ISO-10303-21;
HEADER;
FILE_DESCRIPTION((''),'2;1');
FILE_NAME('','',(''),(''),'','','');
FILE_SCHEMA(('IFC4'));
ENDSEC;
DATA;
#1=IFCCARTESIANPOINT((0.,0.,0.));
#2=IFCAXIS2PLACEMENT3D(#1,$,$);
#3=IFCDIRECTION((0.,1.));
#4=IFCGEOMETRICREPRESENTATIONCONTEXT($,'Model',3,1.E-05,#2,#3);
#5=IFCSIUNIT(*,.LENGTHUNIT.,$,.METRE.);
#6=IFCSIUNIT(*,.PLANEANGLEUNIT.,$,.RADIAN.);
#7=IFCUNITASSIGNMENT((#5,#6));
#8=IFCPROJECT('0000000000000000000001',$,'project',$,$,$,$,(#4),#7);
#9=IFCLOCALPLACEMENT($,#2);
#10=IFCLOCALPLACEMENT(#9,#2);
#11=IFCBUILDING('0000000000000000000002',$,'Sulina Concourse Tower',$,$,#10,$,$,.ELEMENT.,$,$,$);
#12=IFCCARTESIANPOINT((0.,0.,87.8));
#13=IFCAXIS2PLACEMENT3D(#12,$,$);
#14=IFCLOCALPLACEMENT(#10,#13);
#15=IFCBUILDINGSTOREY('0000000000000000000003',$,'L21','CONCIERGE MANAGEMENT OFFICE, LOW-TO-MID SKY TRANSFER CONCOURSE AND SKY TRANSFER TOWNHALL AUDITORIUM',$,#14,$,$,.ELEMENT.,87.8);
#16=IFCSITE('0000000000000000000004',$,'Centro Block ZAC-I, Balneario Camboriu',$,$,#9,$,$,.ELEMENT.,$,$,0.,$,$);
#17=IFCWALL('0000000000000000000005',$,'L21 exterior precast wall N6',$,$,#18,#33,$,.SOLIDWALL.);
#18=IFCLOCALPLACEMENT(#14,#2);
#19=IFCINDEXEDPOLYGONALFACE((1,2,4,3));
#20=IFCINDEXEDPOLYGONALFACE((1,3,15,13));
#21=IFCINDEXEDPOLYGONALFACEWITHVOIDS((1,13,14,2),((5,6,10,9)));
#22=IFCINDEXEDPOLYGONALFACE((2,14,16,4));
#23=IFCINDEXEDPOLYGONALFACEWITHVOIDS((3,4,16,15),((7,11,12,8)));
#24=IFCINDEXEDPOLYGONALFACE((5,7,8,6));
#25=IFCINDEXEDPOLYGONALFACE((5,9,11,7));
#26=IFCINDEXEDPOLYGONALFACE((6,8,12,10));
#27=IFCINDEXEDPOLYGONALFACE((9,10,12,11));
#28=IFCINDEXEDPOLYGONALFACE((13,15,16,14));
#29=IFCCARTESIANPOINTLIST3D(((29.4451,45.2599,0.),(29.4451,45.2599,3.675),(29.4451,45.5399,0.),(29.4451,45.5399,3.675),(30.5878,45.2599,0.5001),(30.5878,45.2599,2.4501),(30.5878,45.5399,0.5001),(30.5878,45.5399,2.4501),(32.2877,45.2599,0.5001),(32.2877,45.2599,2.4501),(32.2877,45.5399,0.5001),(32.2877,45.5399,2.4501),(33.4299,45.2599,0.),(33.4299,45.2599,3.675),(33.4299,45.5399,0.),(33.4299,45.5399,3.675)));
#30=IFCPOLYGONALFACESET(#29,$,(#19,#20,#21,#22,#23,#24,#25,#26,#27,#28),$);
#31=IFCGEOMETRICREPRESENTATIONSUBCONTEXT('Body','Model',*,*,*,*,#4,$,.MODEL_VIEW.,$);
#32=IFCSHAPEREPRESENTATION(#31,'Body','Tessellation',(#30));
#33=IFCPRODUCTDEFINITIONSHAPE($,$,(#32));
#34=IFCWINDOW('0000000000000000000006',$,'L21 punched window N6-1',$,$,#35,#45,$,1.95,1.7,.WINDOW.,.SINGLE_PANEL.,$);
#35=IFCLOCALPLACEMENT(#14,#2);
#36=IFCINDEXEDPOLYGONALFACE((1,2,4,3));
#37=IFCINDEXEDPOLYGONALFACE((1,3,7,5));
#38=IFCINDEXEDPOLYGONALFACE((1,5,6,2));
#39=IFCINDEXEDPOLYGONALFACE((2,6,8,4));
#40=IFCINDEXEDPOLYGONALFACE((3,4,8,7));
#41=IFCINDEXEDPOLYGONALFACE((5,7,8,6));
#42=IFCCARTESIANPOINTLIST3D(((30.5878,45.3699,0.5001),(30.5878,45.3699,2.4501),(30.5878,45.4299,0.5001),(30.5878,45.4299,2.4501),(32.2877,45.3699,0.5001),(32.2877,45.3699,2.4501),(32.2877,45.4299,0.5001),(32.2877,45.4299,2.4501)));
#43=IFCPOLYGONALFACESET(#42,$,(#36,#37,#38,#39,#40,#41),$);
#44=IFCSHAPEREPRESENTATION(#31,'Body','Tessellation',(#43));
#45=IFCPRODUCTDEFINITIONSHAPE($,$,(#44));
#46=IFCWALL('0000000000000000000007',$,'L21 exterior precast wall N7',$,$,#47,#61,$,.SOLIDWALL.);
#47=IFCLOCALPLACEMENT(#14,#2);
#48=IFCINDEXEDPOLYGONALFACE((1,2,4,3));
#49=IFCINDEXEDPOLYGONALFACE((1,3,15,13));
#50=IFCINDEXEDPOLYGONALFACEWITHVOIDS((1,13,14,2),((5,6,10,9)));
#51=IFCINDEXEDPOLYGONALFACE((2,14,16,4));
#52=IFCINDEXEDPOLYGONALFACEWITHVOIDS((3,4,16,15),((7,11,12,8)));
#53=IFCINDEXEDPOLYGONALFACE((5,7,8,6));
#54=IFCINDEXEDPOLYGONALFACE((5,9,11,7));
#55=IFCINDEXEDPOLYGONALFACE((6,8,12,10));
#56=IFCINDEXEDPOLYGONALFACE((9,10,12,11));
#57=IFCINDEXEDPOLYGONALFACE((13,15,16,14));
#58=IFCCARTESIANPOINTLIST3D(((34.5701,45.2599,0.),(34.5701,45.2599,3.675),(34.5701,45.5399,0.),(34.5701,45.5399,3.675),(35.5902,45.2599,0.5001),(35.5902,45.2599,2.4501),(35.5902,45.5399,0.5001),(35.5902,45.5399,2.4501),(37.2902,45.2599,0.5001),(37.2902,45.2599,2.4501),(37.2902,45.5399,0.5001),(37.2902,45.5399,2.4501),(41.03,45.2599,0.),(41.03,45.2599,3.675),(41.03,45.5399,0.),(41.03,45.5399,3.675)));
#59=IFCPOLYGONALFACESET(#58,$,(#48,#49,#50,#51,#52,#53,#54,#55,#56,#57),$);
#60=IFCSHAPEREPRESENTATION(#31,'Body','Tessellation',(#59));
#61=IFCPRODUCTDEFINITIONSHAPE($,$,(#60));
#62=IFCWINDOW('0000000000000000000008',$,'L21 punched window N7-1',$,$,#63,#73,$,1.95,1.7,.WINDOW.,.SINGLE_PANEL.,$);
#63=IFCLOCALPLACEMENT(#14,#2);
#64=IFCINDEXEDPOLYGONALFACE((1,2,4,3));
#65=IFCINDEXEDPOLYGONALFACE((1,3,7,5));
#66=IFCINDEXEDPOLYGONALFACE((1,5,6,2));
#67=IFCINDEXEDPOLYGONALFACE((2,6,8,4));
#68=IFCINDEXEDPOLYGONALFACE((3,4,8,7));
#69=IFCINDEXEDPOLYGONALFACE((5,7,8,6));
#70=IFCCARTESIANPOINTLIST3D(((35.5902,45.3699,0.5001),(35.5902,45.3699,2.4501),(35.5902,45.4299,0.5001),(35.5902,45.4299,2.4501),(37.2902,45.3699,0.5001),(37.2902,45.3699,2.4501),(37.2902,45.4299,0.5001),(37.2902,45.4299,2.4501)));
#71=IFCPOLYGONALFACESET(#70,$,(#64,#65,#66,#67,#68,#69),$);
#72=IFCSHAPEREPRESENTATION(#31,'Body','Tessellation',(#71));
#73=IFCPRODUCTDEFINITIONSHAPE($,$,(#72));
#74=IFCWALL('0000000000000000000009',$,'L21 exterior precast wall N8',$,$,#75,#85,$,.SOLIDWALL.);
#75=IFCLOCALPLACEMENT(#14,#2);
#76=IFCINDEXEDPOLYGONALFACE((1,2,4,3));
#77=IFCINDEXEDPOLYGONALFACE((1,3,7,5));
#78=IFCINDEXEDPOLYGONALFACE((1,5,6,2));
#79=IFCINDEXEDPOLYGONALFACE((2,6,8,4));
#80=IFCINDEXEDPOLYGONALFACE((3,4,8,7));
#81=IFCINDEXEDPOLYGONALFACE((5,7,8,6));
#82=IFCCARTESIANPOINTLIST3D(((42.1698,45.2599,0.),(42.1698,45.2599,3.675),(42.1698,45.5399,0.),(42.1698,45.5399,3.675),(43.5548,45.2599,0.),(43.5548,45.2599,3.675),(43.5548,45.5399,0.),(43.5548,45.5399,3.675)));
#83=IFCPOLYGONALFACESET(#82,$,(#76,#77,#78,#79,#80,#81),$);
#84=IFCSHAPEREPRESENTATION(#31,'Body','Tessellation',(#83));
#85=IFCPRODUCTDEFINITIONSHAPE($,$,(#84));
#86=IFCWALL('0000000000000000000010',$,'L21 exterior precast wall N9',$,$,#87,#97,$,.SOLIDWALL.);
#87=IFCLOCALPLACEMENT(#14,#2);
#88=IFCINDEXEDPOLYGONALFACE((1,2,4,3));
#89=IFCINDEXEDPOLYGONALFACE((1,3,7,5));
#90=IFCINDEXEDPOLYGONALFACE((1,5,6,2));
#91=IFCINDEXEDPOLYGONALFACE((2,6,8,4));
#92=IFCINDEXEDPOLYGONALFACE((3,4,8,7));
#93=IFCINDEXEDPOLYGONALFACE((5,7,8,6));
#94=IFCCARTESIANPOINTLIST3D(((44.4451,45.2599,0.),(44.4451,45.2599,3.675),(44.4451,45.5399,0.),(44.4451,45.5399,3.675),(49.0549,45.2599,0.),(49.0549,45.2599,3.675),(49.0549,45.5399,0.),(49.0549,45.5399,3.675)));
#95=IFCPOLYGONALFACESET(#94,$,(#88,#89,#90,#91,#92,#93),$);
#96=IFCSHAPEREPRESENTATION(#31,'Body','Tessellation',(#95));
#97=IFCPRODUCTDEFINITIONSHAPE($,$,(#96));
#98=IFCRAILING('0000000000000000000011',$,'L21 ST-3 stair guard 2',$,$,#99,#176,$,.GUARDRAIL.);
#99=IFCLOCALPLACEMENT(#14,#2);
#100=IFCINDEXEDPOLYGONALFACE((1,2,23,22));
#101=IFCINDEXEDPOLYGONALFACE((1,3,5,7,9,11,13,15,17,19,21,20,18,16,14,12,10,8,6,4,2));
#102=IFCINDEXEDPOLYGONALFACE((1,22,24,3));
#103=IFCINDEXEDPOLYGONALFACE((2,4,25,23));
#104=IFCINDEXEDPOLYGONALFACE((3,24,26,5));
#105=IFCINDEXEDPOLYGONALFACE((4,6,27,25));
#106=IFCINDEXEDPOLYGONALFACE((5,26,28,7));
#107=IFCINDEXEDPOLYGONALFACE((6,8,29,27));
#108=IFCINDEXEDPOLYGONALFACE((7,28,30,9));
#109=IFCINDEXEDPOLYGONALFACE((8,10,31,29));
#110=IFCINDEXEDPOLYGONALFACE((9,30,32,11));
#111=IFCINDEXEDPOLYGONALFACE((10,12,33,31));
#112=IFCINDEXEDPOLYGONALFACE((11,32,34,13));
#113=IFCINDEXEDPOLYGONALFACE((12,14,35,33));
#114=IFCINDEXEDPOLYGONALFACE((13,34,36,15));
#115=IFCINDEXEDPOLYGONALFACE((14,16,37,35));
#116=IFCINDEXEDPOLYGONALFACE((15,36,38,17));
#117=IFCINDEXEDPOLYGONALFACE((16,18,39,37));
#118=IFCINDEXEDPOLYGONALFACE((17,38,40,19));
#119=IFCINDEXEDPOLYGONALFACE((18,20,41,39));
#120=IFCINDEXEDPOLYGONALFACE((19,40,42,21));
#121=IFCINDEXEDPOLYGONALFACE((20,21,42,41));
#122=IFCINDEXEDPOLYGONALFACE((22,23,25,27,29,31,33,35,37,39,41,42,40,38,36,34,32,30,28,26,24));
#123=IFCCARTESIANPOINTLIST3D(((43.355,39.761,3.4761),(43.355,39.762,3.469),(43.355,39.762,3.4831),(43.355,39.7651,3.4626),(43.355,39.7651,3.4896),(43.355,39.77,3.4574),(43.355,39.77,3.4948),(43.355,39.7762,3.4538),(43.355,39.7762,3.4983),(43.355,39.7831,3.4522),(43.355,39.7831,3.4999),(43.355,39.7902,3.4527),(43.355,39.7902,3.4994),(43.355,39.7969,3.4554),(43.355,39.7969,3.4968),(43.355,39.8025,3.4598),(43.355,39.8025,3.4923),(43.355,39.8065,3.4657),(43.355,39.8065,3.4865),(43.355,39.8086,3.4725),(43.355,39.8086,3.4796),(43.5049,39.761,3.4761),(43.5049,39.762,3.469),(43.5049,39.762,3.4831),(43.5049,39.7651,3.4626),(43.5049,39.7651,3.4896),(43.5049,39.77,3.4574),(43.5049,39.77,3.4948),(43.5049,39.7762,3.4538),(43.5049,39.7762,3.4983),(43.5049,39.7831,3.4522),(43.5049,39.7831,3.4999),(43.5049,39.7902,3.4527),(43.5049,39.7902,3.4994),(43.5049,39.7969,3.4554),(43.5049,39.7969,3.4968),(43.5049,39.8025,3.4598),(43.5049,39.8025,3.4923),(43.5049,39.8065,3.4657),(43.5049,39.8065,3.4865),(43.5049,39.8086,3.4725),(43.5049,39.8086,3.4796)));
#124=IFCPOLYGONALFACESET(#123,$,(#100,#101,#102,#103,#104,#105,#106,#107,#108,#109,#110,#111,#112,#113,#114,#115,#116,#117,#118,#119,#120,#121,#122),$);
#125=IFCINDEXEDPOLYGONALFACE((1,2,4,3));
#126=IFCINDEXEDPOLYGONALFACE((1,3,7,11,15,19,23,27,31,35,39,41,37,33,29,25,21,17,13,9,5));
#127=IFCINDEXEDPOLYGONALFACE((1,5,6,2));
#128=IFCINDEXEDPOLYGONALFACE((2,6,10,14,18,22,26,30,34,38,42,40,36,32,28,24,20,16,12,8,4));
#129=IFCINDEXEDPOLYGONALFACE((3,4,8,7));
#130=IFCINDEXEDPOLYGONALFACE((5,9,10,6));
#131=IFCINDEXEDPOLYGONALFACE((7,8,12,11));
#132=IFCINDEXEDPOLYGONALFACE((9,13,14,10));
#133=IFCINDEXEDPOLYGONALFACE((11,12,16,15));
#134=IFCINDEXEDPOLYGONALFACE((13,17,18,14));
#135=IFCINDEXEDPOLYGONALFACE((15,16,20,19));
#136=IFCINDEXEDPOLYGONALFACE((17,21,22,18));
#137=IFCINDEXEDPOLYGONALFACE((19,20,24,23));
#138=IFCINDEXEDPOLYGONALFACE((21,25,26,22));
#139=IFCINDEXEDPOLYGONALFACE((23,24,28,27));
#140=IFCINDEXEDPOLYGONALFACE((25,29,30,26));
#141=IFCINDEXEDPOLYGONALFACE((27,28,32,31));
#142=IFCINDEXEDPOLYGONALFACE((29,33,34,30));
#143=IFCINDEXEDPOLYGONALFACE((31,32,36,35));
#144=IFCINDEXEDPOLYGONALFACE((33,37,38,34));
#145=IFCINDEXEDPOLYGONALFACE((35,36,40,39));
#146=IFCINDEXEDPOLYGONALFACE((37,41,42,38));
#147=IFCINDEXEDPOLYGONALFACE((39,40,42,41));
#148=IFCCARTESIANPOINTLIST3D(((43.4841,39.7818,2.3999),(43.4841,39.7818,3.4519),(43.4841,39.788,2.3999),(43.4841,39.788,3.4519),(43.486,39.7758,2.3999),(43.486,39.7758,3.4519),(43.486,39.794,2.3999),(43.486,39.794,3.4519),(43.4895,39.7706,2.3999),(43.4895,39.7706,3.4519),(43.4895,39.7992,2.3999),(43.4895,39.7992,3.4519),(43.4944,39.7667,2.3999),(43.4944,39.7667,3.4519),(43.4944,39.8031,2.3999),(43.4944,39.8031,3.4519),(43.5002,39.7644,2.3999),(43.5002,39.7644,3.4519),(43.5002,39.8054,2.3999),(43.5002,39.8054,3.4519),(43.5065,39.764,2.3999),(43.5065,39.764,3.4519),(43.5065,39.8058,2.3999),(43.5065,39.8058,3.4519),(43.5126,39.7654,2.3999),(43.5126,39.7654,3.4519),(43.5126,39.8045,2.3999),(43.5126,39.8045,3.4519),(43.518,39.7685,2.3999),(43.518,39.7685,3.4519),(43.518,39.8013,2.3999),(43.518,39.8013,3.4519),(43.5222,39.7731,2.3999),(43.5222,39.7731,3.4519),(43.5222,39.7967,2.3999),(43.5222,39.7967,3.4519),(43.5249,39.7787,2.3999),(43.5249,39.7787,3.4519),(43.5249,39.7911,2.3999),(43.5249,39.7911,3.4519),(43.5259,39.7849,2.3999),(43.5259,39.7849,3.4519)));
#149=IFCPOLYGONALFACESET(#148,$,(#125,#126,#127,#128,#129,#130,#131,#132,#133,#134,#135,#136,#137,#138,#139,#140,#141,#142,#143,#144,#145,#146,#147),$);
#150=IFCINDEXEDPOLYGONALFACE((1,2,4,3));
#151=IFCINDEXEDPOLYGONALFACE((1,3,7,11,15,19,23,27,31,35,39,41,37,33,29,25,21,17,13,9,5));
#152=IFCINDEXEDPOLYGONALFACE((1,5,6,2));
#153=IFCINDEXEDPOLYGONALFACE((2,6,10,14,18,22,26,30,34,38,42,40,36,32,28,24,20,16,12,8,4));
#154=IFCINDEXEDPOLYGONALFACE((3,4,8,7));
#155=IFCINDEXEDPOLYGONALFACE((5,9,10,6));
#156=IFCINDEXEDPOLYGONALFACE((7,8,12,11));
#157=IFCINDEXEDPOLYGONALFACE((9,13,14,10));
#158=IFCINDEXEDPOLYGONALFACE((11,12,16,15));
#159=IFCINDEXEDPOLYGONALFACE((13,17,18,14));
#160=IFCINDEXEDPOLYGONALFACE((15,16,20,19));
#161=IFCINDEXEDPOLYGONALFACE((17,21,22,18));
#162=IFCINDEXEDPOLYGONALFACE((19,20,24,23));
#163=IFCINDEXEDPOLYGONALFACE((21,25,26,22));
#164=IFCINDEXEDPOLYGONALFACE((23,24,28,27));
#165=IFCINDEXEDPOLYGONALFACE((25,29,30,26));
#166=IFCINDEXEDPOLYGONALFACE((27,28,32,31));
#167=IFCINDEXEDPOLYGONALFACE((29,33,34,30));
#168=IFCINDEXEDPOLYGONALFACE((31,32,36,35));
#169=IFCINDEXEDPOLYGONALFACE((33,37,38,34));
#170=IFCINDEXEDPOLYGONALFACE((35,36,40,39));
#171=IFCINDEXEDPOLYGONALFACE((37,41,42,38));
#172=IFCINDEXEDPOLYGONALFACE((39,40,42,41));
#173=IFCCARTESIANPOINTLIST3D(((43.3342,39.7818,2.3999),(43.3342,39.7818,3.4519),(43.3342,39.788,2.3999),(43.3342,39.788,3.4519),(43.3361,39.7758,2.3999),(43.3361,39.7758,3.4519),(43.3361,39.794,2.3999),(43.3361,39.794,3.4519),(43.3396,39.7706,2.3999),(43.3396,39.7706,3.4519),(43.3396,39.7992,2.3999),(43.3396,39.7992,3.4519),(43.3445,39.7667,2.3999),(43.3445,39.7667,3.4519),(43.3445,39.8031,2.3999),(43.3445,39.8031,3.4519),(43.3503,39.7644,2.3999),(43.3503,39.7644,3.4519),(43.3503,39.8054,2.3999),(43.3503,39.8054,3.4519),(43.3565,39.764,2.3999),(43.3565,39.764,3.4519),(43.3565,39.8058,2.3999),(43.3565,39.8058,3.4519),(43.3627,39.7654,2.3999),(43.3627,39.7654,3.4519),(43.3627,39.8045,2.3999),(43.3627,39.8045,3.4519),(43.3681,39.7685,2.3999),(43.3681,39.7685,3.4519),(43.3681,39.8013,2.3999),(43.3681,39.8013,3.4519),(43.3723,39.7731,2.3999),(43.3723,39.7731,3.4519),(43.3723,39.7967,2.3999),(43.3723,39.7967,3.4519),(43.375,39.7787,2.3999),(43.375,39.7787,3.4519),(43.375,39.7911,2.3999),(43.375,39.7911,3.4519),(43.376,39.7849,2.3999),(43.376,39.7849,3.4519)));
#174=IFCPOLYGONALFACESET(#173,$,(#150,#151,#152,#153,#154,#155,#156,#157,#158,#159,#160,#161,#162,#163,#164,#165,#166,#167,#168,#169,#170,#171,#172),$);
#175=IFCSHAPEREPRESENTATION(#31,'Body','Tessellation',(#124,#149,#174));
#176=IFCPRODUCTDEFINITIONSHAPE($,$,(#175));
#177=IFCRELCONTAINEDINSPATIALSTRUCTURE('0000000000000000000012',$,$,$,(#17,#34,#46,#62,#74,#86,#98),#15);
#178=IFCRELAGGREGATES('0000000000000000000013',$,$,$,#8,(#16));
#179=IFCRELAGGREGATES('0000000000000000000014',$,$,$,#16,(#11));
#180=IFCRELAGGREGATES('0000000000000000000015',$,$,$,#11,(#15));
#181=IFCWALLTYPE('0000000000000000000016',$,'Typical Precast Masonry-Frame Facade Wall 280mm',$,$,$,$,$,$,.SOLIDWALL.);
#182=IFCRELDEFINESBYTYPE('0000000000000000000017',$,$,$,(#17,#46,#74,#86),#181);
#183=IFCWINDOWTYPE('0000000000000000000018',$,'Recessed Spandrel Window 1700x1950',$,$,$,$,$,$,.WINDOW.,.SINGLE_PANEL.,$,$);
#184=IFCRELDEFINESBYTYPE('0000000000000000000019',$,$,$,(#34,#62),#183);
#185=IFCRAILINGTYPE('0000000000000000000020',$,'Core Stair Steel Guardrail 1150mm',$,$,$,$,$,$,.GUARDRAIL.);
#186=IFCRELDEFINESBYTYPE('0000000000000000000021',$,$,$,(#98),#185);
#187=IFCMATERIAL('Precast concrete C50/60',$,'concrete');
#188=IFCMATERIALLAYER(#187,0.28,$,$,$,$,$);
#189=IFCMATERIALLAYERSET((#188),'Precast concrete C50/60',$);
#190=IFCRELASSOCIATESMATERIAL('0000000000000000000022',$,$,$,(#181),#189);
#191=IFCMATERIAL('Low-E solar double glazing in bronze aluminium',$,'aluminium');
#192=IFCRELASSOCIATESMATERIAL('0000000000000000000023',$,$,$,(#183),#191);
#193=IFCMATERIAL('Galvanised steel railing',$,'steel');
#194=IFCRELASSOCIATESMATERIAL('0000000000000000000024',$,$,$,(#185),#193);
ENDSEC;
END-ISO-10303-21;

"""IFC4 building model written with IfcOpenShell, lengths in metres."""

from ifc_helpers import new_model, si_unit, direction, frame, frame_2d, origin, origin_2d, place, context, subcontext, project, spatial, rectangle, circle, extrude, material, layer, layer_set, type_object, element, fill, save


model = new_model("IFC4")

# Units and contexts
model_context = context("Model", 3, precision=1e-05, world=origin(), true_north=direction((0.0, 1.0)))
body_context = subcontext(model_context, "Body", "Model", "MODEL_VIEW")
ifc_project = project(units=[si_unit("LENGTHUNIT", "METRE"), si_unit("PLANEANGLEUNIT", "RADIAN")], contexts=[model_context])

# Site, building, storey
site_placement = place(None, origin())
site = spatial("IfcSite", under=ifc_project, at=site_placement, Name="Centro Block ZAC-I, Balneario Camboriu", CompositionType="ELEMENT", RefElevation=0.0)
building_placement = place(site_placement, origin())
building = spatial("IfcBuilding", under=site, at=building_placement, Name="Sulina Concourse Tower", CompositionType="ELEMENT")
storey_placement = place(building_placement, frame((0.0, 0.0, 87.8)))
storey = spatial("IfcBuildingStorey", under=building, at=storey_placement, Name="L21", Description="CONCIERGE MANAGEMENT OFFICE, LOW-TO-MID SKY TRANSFER CONCOURSE AND SKY TRANSFER TOWNHALL AUDITORIUM", CompositionType="ELEMENT", Elevation=87.8)

# Walls, openings, windows
ifc_material_1 = material(Name="Precast concrete C50/60", Category="concrete")
ifc_layer_1 = layer(ifc_material_1, 0.28)
ifc_layer_set_1 = layer_set([ifc_layer_1], Name="Precast concrete C50/60")
wall_type_1 = type_object("IfcWallType", Name="Typical Precast Masonry-Frame Facade Wall 280mm", PredefinedType="SOLIDWALL", material=ifc_layer_set_1)
ifc_material_2 = material(Name="Low-E solar double glazing in bronze aluminium", Category="aluminium")
window_type = type_object("IfcWindowType", Name="Recessed Spandrel Window 1700x1950", PartitioningType="SINGLE_PANEL", PredefinedType="WINDOW", material=ifc_material_2)
wall_1_placement = place(storey_placement, frame((29.4451, 45.3999, 0.0), z_axis=(0.0, 0.0, 1.0), x_axis=(1.0, 0.0, 0.0)))
wall_1 = element("IfcWall", 1, at=wall_1_placement, inside=storey, type_object=wall_type_1, Name="L21 exterior precast wall N6", PredefinedType="SOLIDWALL", context=body_context, shape_type="SweptSolid", body=[
    extrude(rectangle(XDim=3.9849, YDim=0.28, at=frame_2d((1.9924, 0.0))), origin(), (0.0, 0.0, 1.0), 3.675),
])
opening_1_placement = place(wall_1_placement, frame((1.1426, 0.0, 0.5)))
opening_1 = element("IfcOpeningElement", 2, at=opening_1_placement, cuts=wall_1, PredefinedType="OPENING", context=body_context, shape_type="SweptSolid", body=[
    extrude(rectangle(XDim=1.7, YDim=1.95, at=frame_2d((0.8501, 0.9751))), frame((0.0, 0.1499, 0.0), z_axis=(0.0, -1.0, 0.0), x_axis=(1.0, 0.0, 0.0)), (0.0, 0.0, 1.0), 0.3),
])
window_1_placement = place(opening_1_placement, origin())
window_1 = element("IfcWindow", 3, at=window_1_placement, inside=storey, type_object=window_type, Name="L21 punched window N6-1", OverallHeight=1.95, OverallWidth=1.7, PartitioningType="SINGLE_PANEL", PredefinedType="WINDOW", context=body_context, shape_type="SweptSolid", body=[
    extrude(rectangle(XDim=1.7, YDim=1.95, at=frame_2d((0.8501, 0.9751))), frame((0.0, 0.03, 0.0), z_axis=(0.0, -1.0, 0.0), x_axis=(1.0, 0.0, 0.0)), (0.0, 0.0, 1.0), 0.0601),
])
fill(opening_1, window_1)
wall_2_placement = place(storey_placement, frame((34.5701, 45.3999, 0.0), z_axis=(0.0, 0.0, 1.0), x_axis=(1.0, 0.0, 0.0)))
wall_2 = element("IfcWall", 4, at=wall_2_placement, inside=storey, type_object=wall_type_1, Name="L21 exterior precast wall N7", PredefinedType="SOLIDWALL", context=body_context, shape_type="SweptSolid", body=[
    extrude(rectangle(XDim=6.46, YDim=0.28, at=frame_2d((3.23, 0.0))), origin(), (0.0, 0.0, 1.0), 3.675),
])
opening_2_placement = place(wall_2_placement, frame((1.02, 0.0, 0.5)))
opening_2 = element("IfcOpeningElement", 5, at=opening_2_placement, cuts=wall_2, PredefinedType="OPENING", context=body_context, shape_type="SweptSolid", body=[
    extrude(rectangle(XDim=1.7, YDim=1.95, at=frame_2d((0.8501, 0.9751))), frame((0.0, 0.1499, 0.0), z_axis=(0.0, -1.0, 0.0), x_axis=(1.0, 0.0, 0.0)), (0.0, 0.0, 1.0), 0.3),
])
window_2_placement = place(opening_2_placement, origin())
window_2 = element("IfcWindow", 6, at=window_2_placement, inside=storey, type_object=window_type, Name="L21 punched window N7-1", OverallHeight=1.95, OverallWidth=1.7, PartitioningType="SINGLE_PANEL", PredefinedType="WINDOW", context=body_context, shape_type="SweptSolid", body=[
    extrude(rectangle(XDim=1.7, YDim=1.95, at=frame_2d((0.8501, 0.9751))), frame((0.0, 0.03, 0.0), z_axis=(0.0, -1.0, 0.0), x_axis=(1.0, 0.0, 0.0)), (0.0, 0.0, 1.0), 0.0601),
])
fill(opening_2, window_2)

# Walls
wall_3_placement = place(storey_placement, frame((42.1699, 45.3999, 0.0), z_axis=(0.0, 0.0, 1.0), x_axis=(1.0, 0.0, 0.0)))
element("IfcWall", 7, at=wall_3_placement, inside=storey, type_object=wall_type_1, Name="L21 exterior precast wall N8", PredefinedType="SOLIDWALL", context=body_context, shape_type="SweptSolid", body=[
    extrude(rectangle(XDim=1.385, YDim=0.28, at=frame_2d((0.6924, 0.0))), origin(), (0.0, 0.0, 1.0), 3.675),
])
wall_4_placement = place(storey_placement, frame((44.4451, 45.3999, 0.0), z_axis=(0.0, 0.0, 1.0), x_axis=(1.0, 0.0, 0.0)))
element("IfcWall", 8, at=wall_4_placement, inside=storey, type_object=wall_type_1, Name="L21 exterior precast wall N9", PredefinedType="SOLIDWALL", context=body_context, shape_type="SweptSolid", body=[
    extrude(rectangle(XDim=4.6099, YDim=0.28, at=frame_2d((2.3049, 0.0))), origin(), (0.0, 0.0, 1.0), 3.675),
])

# Railing
ifc_material_3 = material(Name="Galvanised steel railing", Category="steel")
railing_type = type_object("IfcRailingType", Name="Core Stair Steel Guardrail 1150mm", PredefinedType="GUARDRAIL", material=ifc_material_3)
railing_placement = place(storey_placement, frame((43.5049, 39.7849, 2.3999)))
element("IfcRailing", 9, at=railing_placement, inside=storey, type_object=railing_type, Name="L21 ST-3 stair guard 2", PredefinedType="GUARDRAIL", context=body_context, shape_type="SweptSolid", body=[
    extrude(circle(Radius=0.0239, at=origin_2d()), frame((0.0, 0.0, 1.0762), z_axis=(-1.0, 0.0, 0.0), x_axis=(0.0, -1.0, 0.0)), (0.0, 0.0, 1.0), 0.1499),
    extrude(circle(Radius=0.021, at=origin_2d()), origin(), (0.0, 0.0, 1.0), 1.052),
    extrude(circle(Radius=0.021, at=origin_2d()), frame((-0.1499, 0.0, 0.0)), (0.0, 0.0, 1.0), 1.052),
])

save(model, "model.ifc")
